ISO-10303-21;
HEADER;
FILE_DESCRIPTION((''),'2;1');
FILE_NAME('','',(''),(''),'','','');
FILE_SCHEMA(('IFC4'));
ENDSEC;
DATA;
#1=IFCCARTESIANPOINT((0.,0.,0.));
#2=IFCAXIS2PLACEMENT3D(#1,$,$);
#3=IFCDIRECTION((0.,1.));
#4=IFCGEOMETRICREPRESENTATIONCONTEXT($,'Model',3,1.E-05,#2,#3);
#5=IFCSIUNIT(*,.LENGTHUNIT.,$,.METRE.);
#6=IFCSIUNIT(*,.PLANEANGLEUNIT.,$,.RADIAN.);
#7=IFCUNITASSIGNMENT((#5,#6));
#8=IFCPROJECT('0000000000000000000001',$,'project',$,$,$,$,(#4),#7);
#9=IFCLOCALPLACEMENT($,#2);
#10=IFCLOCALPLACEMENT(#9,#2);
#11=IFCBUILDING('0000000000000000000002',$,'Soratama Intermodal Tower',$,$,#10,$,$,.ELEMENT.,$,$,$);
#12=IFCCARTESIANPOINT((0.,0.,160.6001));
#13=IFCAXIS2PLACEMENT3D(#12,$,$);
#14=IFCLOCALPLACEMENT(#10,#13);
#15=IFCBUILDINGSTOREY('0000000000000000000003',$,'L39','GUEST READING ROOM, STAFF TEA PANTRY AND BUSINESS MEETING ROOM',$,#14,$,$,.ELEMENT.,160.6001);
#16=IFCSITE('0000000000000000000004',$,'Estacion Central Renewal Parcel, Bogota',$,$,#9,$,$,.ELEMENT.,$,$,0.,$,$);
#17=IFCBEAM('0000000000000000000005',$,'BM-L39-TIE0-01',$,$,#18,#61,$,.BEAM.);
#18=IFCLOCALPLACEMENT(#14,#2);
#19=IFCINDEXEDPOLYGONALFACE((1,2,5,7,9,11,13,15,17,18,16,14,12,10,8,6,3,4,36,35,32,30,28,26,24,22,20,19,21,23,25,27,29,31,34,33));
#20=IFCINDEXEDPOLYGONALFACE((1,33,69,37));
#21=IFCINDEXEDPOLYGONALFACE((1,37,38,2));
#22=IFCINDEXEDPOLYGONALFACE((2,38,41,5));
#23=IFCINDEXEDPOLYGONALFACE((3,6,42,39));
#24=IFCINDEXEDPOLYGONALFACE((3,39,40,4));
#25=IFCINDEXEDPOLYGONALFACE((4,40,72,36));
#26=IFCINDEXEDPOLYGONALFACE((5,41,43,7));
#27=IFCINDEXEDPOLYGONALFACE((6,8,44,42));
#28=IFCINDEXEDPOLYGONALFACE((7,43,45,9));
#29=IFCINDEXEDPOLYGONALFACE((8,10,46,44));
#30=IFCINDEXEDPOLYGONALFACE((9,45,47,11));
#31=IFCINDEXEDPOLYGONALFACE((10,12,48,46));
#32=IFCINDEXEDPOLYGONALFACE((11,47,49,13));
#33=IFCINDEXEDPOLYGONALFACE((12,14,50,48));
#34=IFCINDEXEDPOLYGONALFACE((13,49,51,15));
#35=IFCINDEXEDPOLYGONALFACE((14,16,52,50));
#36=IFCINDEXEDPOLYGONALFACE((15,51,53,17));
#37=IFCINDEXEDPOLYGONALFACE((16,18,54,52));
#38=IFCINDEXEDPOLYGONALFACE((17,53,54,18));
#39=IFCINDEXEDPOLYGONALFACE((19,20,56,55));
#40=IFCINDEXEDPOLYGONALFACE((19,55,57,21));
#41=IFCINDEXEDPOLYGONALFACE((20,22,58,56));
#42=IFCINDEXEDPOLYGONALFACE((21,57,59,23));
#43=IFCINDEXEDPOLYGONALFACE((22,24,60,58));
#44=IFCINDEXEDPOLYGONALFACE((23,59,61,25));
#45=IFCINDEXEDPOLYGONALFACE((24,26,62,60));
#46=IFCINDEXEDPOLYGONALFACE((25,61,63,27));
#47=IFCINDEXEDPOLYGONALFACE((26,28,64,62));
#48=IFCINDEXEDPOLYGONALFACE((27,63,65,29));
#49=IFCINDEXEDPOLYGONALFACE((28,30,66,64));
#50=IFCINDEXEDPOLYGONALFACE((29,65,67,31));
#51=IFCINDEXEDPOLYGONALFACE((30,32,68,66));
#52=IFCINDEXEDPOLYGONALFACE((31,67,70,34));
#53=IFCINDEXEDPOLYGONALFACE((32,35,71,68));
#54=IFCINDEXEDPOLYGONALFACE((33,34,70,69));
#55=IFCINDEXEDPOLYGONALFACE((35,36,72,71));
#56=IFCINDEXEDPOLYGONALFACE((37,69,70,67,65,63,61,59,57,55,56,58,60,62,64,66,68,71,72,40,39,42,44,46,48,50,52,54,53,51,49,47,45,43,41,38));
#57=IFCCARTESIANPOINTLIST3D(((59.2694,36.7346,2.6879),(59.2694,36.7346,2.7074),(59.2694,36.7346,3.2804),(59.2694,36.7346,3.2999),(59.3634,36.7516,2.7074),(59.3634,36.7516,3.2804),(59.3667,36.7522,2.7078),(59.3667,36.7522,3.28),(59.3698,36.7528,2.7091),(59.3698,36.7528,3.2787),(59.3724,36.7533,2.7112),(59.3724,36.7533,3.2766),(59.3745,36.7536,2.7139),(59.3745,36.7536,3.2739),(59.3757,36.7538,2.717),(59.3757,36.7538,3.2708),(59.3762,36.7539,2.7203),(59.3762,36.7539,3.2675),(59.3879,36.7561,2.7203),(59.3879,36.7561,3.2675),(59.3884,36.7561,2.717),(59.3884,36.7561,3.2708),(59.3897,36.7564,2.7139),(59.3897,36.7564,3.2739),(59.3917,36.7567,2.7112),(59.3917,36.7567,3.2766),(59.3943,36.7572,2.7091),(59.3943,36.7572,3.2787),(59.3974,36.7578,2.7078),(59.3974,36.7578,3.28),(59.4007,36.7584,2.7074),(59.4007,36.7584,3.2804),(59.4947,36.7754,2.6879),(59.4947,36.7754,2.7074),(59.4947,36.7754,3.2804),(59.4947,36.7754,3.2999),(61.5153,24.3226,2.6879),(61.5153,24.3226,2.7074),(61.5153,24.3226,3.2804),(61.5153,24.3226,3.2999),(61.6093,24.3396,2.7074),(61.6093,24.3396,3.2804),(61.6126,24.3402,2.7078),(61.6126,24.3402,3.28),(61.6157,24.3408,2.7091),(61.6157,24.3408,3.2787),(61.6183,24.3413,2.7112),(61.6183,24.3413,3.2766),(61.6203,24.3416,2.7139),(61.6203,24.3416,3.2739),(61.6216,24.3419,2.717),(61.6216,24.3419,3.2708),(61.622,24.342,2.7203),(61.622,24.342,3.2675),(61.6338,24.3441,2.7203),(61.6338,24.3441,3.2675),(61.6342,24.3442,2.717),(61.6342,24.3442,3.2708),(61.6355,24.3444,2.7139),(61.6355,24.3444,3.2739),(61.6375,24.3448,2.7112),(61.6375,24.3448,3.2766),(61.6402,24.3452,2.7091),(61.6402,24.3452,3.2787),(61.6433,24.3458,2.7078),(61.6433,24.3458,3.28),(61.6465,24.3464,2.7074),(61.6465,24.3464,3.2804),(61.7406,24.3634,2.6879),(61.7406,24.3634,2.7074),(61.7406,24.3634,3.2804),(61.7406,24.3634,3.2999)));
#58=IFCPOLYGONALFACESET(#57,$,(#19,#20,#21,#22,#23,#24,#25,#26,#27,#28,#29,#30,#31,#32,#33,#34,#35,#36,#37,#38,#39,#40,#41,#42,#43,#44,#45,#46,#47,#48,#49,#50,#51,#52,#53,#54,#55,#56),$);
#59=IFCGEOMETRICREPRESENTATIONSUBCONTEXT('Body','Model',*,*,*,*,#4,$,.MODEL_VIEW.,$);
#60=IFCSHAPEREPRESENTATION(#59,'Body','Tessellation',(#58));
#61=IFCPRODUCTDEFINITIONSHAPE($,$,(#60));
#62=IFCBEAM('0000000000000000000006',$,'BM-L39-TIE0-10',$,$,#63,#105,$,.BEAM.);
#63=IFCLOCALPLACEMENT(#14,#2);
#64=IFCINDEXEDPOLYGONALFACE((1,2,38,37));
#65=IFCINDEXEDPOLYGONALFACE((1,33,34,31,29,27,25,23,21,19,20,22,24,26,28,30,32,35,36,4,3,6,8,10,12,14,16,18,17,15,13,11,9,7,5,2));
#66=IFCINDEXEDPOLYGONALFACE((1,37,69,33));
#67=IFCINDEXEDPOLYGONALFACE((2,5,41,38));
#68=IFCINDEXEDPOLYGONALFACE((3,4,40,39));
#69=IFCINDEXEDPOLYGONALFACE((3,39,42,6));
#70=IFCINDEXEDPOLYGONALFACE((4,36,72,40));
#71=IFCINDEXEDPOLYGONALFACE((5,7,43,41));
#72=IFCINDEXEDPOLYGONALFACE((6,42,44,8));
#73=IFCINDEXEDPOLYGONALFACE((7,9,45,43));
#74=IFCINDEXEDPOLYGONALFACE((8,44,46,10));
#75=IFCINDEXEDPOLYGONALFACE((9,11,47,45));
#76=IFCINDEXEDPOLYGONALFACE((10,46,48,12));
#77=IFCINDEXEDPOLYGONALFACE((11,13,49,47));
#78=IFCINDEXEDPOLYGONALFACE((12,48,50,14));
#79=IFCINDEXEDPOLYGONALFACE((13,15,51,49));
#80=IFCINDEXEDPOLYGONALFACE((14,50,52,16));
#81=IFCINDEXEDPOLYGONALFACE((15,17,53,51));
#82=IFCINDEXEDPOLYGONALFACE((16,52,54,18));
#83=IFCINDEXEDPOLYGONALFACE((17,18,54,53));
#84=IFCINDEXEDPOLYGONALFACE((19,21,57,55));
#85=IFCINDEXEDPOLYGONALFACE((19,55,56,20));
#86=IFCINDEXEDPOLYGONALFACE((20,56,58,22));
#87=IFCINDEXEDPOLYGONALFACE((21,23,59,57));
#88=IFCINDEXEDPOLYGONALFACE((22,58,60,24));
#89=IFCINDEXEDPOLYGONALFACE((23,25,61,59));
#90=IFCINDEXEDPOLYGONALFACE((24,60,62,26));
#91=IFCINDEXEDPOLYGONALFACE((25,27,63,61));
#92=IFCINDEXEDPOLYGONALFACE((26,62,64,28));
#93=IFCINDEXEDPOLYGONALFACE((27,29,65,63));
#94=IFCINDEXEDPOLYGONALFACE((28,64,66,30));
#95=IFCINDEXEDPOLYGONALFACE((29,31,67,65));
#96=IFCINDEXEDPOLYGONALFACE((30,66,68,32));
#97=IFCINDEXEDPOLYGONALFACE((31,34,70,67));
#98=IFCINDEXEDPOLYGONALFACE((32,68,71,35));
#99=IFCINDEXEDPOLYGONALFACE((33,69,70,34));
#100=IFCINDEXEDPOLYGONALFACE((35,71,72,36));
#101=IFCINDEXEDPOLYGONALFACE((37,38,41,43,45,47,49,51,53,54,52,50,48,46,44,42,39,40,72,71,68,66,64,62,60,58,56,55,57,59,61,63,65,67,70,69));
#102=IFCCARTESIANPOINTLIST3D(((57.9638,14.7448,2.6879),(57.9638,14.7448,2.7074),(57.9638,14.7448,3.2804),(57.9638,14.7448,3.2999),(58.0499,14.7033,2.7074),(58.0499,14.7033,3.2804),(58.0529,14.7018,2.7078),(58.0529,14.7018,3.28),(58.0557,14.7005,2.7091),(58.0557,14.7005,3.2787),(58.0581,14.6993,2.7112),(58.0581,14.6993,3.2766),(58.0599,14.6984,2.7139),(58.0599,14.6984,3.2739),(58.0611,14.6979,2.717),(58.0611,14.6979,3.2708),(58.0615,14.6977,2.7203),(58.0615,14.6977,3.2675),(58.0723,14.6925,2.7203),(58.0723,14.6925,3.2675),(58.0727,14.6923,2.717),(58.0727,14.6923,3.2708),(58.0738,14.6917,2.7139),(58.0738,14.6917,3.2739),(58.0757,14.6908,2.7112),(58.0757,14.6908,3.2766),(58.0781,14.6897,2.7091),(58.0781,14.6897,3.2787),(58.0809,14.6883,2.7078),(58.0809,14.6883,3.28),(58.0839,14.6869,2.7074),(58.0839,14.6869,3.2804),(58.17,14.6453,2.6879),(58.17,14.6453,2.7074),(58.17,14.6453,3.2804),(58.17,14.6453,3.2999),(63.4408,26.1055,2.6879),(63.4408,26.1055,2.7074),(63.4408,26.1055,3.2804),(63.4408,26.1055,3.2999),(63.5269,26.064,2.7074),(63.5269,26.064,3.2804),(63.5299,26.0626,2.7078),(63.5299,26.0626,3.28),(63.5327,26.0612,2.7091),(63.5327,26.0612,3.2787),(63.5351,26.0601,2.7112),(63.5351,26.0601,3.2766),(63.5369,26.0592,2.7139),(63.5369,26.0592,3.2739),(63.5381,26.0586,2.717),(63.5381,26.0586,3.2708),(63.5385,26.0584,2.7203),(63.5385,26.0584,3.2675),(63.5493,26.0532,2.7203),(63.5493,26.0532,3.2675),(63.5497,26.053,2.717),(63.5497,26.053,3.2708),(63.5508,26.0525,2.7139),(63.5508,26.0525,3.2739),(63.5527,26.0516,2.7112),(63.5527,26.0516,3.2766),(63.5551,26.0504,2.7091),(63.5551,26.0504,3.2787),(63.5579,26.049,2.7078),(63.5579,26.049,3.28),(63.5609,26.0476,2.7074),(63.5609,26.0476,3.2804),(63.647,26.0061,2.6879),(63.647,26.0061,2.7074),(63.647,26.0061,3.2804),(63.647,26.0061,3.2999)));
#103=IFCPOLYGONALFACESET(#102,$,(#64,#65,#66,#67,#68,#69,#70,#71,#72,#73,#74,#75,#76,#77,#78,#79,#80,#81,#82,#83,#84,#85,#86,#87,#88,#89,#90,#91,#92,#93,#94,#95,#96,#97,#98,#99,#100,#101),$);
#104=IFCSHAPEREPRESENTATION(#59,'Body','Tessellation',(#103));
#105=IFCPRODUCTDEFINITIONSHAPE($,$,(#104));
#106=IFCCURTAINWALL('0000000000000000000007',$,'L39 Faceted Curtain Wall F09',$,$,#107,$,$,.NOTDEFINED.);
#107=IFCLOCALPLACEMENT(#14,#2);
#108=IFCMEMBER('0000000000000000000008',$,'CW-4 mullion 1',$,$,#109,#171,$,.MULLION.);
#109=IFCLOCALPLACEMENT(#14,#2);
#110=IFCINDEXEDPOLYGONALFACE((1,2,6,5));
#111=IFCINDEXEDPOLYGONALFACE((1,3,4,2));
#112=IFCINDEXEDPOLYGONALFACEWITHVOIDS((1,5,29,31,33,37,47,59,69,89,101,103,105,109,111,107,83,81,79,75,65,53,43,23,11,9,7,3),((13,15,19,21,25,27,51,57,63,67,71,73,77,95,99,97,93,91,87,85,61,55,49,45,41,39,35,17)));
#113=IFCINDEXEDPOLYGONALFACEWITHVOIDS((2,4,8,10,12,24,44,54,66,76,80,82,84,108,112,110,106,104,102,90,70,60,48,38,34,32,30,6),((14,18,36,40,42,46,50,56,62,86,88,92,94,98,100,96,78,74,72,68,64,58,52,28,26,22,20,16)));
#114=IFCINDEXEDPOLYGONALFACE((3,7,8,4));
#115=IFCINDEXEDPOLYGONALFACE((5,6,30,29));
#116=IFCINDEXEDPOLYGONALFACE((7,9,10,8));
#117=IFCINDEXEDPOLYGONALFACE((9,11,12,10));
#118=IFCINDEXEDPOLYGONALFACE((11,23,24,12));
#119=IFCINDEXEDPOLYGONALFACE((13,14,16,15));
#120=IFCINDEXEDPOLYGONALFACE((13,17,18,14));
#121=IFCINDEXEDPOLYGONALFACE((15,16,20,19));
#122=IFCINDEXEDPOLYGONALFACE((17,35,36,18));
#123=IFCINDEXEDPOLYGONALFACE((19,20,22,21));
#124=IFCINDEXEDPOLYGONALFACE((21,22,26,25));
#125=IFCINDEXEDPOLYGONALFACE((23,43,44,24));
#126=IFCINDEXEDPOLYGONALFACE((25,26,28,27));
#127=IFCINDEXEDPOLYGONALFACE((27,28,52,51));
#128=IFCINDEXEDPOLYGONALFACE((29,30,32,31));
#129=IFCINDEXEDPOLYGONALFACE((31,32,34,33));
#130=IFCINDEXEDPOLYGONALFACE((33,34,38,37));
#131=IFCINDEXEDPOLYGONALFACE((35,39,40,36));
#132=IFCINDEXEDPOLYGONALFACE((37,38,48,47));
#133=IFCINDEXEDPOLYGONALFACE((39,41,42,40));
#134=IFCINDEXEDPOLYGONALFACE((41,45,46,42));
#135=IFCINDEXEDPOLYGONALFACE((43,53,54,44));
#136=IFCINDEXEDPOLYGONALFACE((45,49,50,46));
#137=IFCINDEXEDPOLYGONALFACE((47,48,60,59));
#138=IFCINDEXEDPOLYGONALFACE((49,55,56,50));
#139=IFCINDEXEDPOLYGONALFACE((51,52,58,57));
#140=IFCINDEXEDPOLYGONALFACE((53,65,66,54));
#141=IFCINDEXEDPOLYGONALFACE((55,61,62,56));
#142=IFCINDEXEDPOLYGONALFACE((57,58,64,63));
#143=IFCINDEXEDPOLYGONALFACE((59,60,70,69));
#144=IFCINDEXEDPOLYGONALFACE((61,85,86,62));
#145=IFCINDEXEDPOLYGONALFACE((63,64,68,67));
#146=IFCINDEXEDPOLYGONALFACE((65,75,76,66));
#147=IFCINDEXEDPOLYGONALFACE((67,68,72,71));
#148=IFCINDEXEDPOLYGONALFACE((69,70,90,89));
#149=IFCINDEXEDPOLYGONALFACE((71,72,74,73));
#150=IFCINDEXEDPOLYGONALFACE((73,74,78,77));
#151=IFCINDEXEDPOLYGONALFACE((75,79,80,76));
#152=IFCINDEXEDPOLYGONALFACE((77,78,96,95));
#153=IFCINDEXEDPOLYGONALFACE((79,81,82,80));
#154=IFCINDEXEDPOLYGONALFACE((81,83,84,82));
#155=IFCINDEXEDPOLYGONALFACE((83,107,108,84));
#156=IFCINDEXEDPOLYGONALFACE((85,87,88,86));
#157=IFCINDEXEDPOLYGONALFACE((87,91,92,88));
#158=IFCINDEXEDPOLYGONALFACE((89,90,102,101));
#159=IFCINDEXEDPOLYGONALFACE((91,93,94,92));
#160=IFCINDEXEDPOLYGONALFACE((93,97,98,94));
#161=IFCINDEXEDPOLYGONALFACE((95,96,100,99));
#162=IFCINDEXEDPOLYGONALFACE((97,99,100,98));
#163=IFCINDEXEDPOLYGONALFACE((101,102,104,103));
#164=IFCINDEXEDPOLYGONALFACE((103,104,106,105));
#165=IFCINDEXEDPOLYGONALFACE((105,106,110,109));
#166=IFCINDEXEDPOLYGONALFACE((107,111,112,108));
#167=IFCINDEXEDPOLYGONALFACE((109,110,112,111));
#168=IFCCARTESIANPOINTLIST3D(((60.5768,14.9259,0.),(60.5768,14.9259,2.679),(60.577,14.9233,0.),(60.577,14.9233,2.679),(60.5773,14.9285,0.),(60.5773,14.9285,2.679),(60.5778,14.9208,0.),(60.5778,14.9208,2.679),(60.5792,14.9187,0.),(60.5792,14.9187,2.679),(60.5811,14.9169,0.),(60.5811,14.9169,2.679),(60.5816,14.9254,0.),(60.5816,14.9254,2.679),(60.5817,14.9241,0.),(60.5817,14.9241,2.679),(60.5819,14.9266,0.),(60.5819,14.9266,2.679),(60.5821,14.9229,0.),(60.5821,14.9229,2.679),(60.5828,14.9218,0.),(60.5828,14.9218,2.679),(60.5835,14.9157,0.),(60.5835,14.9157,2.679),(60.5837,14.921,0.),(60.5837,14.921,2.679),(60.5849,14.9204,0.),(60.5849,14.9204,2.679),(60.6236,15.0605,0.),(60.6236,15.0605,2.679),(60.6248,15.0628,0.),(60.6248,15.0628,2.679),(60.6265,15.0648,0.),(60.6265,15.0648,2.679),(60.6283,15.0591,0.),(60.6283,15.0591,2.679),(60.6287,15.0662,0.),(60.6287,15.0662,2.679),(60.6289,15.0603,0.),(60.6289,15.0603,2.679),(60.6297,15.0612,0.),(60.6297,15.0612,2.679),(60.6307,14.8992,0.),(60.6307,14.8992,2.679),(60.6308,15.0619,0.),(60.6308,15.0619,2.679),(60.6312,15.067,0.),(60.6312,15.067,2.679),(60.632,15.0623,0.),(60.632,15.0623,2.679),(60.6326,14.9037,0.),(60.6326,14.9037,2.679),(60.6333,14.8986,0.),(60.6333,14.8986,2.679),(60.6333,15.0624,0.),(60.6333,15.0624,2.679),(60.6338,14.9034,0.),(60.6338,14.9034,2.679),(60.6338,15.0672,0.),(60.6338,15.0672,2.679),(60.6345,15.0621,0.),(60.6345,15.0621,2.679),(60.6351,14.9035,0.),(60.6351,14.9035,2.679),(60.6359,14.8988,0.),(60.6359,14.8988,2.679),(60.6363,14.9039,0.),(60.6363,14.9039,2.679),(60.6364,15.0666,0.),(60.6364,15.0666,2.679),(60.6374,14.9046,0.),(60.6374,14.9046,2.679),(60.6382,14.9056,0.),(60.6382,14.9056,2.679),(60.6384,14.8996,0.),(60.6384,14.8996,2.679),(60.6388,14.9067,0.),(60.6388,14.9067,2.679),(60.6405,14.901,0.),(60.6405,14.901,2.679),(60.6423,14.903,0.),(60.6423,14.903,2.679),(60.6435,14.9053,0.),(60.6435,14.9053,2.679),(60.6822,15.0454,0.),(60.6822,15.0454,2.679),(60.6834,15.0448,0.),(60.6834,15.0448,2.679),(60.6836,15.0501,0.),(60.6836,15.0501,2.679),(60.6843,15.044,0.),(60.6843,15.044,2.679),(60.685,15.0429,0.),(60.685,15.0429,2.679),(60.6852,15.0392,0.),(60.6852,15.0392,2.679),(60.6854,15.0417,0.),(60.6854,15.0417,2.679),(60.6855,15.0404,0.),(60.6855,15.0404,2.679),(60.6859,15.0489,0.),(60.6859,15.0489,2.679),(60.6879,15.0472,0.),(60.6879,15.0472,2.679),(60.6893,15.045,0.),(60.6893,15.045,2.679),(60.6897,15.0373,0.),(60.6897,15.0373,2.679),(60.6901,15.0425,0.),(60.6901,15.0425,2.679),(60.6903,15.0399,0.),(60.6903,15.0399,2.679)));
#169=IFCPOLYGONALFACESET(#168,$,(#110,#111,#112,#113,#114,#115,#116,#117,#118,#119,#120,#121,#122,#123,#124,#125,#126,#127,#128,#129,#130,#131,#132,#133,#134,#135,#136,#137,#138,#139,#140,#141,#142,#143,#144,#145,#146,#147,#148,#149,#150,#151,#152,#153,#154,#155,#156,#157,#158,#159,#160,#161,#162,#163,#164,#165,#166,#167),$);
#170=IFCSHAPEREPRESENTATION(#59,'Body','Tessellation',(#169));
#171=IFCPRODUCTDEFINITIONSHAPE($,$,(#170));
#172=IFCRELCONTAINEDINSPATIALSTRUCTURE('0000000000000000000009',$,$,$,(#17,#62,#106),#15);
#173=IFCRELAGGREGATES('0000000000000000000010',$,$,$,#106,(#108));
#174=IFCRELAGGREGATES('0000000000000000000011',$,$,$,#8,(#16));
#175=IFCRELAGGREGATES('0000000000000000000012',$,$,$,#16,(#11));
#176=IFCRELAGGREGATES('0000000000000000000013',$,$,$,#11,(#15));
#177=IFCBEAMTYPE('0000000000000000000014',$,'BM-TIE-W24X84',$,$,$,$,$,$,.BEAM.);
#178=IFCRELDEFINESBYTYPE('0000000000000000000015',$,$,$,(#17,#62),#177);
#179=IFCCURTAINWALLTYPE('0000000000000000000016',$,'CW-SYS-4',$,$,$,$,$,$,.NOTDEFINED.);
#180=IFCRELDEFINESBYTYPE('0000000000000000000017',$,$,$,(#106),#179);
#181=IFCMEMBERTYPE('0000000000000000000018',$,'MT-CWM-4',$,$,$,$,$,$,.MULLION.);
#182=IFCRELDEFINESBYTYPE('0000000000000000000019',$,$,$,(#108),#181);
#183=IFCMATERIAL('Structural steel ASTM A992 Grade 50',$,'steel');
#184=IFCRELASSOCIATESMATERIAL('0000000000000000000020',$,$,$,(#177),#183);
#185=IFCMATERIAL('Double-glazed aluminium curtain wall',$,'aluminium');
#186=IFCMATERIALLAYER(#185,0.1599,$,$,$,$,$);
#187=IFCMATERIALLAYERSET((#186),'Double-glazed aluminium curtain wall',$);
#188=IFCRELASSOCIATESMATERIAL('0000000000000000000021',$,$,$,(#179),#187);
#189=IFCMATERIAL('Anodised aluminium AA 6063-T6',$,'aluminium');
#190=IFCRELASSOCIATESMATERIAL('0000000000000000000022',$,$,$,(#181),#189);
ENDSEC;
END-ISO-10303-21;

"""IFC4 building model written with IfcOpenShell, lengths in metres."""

from ifc_helpers import new_model, si_unit, direction, frame, origin, origin_2d, place, context, subcontext, project, spatial, hollow_rectangle, i_section, extrude, material, layer, layer_set, material_profile, profile_set, type_object, element, aggregate, save


model = new_model("IFC4")

# Units and contexts
model_context = context("Model", 3, precision=1e-05, world=origin(), true_north=direction((0.0, 1.0)))
body_context = subcontext(model_context, "Body", "Model", "MODEL_VIEW")
ifc_project = project(units=[si_unit("LENGTHUNIT", "METRE"), si_unit("PLANEANGLEUNIT", "RADIAN")], contexts=[model_context])

# Site, building, storey
site_placement = place(None, origin())
site = spatial("IfcSite", under=ifc_project, at=site_placement, Name="Estacion Central Renewal Parcel, Bogota", CompositionType="ELEMENT", RefElevation=0.0)
building_placement = place(site_placement, origin())
building = spatial("IfcBuilding", under=site, at=building_placement, Name="Soratama Intermodal Tower", CompositionType="ELEMENT")
storey_placement = place(building_placement, frame((0.0, 0.0, 160.6001)))
storey = spatial("IfcBuildingStorey", under=building, at=storey_placement, Name="L39", Description="GUEST READING ROOM, STAFF TEA PANTRY AND BUSINESS MEETING ROOM", CompositionType="ELEMENT", Elevation=160.6001)

# Beams
ifc_material_1 = material(Name="Structural steel ASTM A992 Grade 50", Category="steel")
ifc_material_profile_1 = material_profile(ifc_material_1, i_section(OverallWidth=0.229, OverallDepth=0.6121, WebThickness=0.012, FlangeThickness=0.0195, FilletRadius=0.0129, at=origin_2d()), Name="W24X84")
ifc_profile_set_1 = profile_set([ifc_material_profile_1], Name="Structural steel ASTM A992 Grade 50")
beam_type_1 = type_object("IfcBeamType", Name="BM-TIE-W24X84", PredefinedType="BEAM", material=ifc_profile_set_1)
beam_1_placement = place(storey_placement, frame((61.6279, 24.343, 2.9939), z_axis=(-0.178052, 0.984021, 0.0), x_axis=(-0.984021, -0.178052, 0.0)))
element("IfcBeam", 1, at=beam_1_placement, inside=storey, type_object=beam_type_1, Name="BM-L39-TIE0-01", PredefinedType="BEAM", context=body_context, shape_type="SweptSolid", body=[
    extrude(i_section(OverallWidth=0.229, OverallDepth=0.6121, WebThickness=0.012, FlangeThickness=0.0195, FilletRadius=0.0129, at=origin_2d()), origin(), (0.0, 0.0, 1.0), 12.6135),
])
beam_2_placement = place(storey_placement, frame((58.0669, 14.6951, 2.9939), z_axis=(0.434267, 0.900784, 0.0), x_axis=(-0.900784, 0.434267, 0.0)))
element("IfcBeam", 2, at=beam_2_placement, inside=storey, type_object=beam_type_1, Name="BM-L39-TIE0-10", PredefinedType="BEAM", context=body_context, shape_type="SweptSolid", body=[
    extrude(i_section(OverallWidth=0.229, OverallDepth=0.6121, WebThickness=0.012, FlangeThickness=0.0195, FilletRadius=0.0129, at=origin_2d()), origin(), (0.0, 0.0, 1.0), 12.6121),
])

# Curtain wall, member
ifc_material_2 = material(Name="Double-glazed aluminium curtain wall", Category="aluminium")
ifc_layer_1 = layer(ifc_material_2, 0.1599)
ifc_layer_set_1 = layer_set([ifc_layer_1], Name="Double-glazed aluminium curtain wall")
curtain_wall_type = type_object("IfcCurtainWallType", Name="CW-SYS-4", PredefinedType="NOTDEFINED", material=ifc_layer_set_1)
curtain_wall_placement = place(storey_placement, origin())
curtain_wall = element("IfcCurtainWall", 3, at=curtain_wall_placement, inside=storey, type_object=curtain_wall_type, Name="L39 Faceted Curtain Wall F09", PredefinedType="NOTDEFINED")
ifc_material_3 = material(Name="Anodised aluminium AA 6063-T6", Category="aluminium")
ifc_material_profile_2 = material_profile(ifc_material_3, hollow_rectangle(XDim=0.0701, YDim=0.1599, WallThickness=0.0049, InnerFilletRadius=0.0049, OuterFilletRadius=0.01, at=origin_2d()), Name="CWM160X70X5")
ifc_profile_set_2 = profile_set([ifc_material_profile_2], Name="Anodised aluminium AA 6063-T6")
member_type_1 = type_object("IfcMemberType", Name="MT-CWM-4", PredefinedType="MULLION", material=ifc_profile_set_2)
member_1_placement = place(storey_placement, frame((60.6335, 14.9829, 0.0), z_axis=(0.0, 0.0, 1.0), x_axis=(-0.943685, 0.330846, 0.0)))
member_1 = element("IfcMember", 4, at=member_1_placement, type_object=member_type_1, Name="CW-4 mullion 1", PredefinedType="MULLION", context=body_context, shape_type="SweptSolid", body=[
    extrude(hollow_rectangle(XDim=0.0701, YDim=0.1599, WallThickness=0.0049, InnerFilletRadius=0.0049, OuterFilletRadius=0.01, at=origin_2d()), origin(), (0.0, 0.0, 1.0), 2.679),
])
aggregate(curtain_wall, [member_1])

save(model, "model.ifc")
